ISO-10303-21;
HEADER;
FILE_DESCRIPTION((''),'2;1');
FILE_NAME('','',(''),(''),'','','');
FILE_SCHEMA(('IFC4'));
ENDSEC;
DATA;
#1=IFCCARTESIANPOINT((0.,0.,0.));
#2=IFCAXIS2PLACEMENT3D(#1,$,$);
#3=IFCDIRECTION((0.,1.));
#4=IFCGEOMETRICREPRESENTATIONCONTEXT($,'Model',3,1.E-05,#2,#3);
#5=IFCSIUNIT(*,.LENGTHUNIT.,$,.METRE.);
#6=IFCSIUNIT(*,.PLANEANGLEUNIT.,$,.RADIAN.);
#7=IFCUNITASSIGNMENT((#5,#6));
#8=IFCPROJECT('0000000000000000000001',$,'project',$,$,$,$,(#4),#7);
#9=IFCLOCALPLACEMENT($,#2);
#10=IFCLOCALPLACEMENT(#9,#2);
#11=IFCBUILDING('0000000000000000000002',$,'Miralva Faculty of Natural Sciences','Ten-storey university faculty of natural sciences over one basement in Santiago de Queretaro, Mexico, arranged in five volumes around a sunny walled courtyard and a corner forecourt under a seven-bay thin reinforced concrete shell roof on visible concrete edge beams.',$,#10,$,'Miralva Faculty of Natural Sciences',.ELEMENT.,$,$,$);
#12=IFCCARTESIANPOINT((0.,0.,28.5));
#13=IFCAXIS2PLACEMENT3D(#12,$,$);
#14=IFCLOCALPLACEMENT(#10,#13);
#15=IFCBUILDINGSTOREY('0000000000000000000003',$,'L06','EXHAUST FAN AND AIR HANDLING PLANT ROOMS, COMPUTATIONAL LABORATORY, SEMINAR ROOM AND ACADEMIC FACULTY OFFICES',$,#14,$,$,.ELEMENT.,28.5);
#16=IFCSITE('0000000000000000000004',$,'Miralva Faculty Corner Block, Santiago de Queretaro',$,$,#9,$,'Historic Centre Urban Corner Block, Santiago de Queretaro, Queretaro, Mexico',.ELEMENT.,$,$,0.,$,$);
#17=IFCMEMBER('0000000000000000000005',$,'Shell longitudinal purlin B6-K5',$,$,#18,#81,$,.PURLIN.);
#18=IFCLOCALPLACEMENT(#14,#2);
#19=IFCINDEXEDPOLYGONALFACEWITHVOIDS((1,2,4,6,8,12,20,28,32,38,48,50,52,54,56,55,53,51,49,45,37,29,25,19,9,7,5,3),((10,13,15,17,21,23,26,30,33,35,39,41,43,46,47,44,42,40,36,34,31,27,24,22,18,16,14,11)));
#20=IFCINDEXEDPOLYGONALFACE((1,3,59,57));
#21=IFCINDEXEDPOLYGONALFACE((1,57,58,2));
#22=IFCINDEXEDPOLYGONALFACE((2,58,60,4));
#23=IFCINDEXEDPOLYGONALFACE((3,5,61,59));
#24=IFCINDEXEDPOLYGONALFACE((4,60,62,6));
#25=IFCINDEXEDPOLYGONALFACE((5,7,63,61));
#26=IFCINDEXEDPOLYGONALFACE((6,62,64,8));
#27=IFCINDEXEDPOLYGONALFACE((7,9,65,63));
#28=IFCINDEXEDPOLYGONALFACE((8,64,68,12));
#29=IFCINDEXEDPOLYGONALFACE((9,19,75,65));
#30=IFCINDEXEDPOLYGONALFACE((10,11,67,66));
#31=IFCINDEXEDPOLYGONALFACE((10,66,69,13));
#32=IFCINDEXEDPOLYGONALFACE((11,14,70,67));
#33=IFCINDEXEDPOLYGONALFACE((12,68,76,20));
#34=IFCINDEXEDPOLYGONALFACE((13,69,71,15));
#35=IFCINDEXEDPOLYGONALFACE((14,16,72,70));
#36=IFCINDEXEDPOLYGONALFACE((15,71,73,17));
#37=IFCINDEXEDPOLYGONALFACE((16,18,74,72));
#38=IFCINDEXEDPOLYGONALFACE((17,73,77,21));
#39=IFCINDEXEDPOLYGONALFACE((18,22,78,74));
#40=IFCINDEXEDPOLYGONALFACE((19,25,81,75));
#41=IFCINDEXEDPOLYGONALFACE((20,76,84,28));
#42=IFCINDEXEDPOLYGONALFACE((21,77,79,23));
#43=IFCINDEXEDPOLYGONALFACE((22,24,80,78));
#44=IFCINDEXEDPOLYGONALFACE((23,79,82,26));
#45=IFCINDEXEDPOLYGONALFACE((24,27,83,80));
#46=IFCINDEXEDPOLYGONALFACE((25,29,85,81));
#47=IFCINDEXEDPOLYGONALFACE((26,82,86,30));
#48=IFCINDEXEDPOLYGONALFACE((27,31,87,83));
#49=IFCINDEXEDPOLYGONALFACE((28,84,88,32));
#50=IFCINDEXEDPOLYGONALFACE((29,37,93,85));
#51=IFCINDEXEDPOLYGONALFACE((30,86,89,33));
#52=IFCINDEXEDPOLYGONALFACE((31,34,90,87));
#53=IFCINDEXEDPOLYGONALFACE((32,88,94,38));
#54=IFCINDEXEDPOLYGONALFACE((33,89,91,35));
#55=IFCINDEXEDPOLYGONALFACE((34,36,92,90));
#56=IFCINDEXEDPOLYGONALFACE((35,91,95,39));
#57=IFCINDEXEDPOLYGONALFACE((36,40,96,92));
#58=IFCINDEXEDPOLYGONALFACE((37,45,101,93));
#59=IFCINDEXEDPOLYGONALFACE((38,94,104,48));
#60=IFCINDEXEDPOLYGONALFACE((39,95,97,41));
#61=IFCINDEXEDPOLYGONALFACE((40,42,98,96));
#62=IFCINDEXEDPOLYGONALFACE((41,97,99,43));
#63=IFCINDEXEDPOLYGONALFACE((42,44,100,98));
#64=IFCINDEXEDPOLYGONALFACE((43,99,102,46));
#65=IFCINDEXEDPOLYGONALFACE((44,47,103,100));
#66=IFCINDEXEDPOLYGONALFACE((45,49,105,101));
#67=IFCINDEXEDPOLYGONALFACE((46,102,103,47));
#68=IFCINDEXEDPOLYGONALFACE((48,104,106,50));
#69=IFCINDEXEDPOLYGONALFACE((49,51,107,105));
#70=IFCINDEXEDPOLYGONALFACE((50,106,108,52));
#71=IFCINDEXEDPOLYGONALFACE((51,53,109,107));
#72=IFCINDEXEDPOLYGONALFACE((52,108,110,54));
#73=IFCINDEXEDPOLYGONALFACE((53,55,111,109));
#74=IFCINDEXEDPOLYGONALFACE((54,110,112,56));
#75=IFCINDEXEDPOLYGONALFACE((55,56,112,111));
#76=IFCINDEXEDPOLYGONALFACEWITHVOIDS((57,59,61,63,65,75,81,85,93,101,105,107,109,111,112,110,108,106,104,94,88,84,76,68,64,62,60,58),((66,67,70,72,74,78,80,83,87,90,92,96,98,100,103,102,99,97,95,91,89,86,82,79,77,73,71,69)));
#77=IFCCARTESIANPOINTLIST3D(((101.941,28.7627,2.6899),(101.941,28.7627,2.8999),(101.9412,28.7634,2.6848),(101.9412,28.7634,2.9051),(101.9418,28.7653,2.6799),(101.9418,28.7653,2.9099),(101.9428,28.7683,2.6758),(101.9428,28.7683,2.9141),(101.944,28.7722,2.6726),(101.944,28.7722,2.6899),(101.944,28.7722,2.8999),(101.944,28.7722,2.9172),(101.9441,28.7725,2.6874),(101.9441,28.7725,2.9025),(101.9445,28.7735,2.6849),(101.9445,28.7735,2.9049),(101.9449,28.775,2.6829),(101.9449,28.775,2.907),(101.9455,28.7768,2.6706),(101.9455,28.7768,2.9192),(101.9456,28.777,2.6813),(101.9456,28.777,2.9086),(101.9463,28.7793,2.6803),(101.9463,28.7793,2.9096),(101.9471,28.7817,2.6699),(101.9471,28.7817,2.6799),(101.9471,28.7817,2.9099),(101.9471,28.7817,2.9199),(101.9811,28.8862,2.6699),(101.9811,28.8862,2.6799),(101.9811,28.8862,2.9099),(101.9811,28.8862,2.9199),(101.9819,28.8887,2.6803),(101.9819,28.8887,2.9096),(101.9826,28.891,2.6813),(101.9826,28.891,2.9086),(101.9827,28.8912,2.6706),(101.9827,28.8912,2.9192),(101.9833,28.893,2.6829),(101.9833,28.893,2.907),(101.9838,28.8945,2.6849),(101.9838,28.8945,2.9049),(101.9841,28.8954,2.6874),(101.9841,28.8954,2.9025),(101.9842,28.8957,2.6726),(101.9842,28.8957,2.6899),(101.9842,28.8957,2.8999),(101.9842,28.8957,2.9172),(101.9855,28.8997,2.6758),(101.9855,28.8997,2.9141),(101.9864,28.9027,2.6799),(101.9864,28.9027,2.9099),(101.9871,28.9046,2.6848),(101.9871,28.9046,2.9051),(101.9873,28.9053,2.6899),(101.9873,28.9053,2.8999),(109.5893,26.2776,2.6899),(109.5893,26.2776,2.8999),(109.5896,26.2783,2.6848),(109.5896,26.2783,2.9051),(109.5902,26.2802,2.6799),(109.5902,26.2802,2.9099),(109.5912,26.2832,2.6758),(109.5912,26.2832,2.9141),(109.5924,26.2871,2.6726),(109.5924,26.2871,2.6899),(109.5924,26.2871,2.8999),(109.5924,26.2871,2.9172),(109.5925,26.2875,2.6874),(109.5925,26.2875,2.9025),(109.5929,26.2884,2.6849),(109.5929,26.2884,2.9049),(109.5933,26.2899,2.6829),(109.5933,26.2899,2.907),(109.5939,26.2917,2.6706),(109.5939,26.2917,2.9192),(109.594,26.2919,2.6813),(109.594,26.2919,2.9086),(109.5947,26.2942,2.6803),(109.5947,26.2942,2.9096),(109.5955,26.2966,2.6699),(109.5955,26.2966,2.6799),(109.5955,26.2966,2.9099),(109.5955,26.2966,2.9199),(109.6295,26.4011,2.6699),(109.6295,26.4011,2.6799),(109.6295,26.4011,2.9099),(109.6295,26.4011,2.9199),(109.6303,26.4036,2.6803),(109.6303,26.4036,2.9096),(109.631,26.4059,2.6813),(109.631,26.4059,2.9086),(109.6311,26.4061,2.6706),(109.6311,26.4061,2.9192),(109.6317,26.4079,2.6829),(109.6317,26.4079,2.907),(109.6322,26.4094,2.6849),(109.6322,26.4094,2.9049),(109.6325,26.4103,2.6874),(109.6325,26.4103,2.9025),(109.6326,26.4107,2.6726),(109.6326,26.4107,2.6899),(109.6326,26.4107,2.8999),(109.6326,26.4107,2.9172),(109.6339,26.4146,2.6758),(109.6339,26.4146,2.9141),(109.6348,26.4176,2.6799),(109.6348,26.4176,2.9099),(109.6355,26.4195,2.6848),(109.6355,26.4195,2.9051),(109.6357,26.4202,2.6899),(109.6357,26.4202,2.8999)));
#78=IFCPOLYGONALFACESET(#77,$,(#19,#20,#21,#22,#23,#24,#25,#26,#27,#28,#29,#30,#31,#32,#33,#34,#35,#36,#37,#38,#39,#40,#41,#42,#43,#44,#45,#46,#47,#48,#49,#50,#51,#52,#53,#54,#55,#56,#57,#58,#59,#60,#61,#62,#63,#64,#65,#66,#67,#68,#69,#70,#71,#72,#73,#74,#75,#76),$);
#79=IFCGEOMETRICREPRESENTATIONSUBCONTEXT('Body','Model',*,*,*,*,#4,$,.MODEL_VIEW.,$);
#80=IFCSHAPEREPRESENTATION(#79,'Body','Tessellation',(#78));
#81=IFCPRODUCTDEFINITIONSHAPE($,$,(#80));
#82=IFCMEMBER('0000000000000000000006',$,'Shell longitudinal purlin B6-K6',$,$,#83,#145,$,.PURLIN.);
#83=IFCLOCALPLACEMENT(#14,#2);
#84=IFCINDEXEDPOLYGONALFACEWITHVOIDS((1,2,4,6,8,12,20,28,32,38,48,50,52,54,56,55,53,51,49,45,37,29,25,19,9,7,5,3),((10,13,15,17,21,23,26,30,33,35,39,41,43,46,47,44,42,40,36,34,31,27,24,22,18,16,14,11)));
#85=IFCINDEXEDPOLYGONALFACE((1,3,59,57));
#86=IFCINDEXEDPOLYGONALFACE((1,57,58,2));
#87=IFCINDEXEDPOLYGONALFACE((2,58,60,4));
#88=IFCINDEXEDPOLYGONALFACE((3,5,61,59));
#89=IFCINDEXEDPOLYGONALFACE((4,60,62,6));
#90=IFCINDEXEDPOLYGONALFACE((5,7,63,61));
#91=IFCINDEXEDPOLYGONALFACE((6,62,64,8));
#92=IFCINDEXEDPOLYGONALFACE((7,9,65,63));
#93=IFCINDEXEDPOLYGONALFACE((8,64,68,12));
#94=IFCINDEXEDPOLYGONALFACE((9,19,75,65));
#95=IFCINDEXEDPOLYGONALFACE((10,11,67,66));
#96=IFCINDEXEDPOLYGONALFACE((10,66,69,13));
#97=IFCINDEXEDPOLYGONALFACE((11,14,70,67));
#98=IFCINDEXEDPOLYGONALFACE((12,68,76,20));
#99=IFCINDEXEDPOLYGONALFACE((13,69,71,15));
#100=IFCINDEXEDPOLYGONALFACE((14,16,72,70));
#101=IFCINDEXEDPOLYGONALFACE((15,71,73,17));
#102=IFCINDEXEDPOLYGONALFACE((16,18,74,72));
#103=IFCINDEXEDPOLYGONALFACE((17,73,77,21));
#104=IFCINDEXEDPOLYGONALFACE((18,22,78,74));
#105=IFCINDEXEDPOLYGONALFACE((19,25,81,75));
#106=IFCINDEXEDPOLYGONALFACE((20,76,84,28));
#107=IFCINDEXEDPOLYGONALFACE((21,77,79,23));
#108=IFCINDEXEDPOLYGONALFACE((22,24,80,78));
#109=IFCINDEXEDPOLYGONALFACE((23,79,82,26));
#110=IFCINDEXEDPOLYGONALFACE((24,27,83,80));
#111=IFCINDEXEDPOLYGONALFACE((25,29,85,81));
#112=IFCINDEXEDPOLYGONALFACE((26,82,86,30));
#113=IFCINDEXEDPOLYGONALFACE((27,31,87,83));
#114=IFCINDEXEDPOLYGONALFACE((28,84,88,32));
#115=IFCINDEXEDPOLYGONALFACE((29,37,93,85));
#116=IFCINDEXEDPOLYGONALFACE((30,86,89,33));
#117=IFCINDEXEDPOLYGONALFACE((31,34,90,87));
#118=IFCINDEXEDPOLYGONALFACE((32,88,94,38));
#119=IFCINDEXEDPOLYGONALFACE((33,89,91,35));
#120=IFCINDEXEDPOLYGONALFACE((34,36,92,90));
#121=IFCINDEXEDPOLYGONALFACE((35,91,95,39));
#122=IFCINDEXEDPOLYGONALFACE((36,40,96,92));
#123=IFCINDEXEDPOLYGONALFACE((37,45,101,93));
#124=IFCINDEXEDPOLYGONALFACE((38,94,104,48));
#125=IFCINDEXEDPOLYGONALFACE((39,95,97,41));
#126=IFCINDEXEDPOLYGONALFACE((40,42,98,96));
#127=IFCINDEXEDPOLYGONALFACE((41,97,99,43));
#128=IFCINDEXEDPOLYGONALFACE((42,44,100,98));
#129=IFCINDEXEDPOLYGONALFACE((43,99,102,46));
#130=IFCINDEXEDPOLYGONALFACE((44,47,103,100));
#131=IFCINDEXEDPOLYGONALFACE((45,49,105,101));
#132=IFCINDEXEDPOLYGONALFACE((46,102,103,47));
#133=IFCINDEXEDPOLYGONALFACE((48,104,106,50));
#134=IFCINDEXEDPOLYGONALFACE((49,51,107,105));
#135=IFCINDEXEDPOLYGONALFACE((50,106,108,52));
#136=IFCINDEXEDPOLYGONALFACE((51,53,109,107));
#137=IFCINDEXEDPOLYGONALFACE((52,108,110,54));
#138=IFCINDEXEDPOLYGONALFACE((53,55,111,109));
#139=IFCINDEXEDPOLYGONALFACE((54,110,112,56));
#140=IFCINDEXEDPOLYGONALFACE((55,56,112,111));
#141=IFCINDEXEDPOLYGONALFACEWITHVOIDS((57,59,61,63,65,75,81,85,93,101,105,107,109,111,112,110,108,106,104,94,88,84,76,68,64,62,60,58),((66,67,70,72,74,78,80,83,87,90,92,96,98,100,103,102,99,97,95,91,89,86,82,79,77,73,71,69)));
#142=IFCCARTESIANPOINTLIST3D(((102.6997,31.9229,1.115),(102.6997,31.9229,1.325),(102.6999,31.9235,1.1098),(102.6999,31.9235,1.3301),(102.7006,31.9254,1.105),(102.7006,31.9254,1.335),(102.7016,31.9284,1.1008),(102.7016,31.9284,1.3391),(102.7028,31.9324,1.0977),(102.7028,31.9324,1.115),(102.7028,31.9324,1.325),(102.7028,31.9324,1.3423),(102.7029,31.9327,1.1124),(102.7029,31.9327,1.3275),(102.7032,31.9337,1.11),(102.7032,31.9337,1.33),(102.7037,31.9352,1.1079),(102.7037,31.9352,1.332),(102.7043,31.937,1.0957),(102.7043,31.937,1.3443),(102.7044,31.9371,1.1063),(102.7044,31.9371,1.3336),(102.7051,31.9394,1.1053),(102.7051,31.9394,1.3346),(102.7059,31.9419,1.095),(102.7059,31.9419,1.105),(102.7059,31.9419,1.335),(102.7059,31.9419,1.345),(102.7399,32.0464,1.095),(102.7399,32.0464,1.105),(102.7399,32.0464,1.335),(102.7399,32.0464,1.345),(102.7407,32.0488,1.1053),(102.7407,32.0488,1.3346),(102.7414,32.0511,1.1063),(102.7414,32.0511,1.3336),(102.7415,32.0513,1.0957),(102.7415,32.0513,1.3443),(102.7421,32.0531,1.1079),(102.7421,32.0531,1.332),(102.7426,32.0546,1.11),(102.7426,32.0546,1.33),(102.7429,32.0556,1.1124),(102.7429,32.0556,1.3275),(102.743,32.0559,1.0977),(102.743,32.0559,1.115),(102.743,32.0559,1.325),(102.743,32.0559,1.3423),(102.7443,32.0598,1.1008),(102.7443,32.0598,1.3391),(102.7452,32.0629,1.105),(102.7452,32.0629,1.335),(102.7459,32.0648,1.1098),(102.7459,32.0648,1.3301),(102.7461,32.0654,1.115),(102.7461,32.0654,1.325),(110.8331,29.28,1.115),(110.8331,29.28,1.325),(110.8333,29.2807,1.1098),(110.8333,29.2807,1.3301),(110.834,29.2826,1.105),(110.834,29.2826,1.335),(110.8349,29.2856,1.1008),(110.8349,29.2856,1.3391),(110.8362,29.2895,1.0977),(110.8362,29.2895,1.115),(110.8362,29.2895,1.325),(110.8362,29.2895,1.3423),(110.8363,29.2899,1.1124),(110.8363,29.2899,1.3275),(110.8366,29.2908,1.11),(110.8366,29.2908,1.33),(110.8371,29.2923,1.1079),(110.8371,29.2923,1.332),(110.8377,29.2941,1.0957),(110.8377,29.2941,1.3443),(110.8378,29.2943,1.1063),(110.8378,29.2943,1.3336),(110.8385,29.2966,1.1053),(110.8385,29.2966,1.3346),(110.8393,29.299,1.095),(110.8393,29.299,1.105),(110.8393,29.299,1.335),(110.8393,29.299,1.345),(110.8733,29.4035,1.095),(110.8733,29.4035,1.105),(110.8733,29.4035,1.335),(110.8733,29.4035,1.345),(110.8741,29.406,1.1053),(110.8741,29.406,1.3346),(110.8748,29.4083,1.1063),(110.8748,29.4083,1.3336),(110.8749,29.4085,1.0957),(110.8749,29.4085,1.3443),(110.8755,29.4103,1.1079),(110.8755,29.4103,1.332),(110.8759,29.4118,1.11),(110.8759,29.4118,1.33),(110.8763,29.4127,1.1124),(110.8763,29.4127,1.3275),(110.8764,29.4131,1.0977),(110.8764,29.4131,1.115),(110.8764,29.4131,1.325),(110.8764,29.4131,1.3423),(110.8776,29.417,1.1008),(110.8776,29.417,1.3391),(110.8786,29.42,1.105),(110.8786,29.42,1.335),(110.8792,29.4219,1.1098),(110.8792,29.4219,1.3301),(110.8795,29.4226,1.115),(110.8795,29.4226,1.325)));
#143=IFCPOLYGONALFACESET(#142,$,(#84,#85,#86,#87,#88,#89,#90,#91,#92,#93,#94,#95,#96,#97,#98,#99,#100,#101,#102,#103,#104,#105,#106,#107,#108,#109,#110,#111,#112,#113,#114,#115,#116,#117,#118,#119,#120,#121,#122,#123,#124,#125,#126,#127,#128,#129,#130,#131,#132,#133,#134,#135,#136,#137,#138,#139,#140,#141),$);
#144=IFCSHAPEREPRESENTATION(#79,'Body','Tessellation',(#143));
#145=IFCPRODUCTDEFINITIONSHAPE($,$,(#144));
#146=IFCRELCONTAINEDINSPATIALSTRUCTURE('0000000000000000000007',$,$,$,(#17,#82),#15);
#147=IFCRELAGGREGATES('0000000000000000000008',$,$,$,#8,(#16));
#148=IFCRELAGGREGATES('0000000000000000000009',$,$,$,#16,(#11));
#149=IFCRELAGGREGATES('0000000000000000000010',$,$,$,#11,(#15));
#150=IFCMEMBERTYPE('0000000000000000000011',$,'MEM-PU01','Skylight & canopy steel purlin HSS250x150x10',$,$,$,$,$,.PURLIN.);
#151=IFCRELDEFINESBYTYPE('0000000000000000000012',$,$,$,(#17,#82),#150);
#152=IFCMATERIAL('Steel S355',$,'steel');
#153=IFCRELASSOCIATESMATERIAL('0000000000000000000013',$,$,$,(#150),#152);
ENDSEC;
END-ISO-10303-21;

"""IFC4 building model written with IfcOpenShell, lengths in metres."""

from ifc_helpers import new_model, si_unit, direction, frame, origin, origin_2d, place, context, subcontext, project, spatial, hollow_rectangle, extrude, material, material_profile, profile_set, type_object, element, save


model = new_model("IFC4")

# Units and contexts
model_context = context("Model", 3, precision=1e-05, world=origin(), true_north=direction((0.0, 1.0)))
body_context = subcontext(model_context, "Body", "Model", "MODEL_VIEW")
ifc_project = project(units=[si_unit("LENGTHUNIT", "METRE"), si_unit("PLANEANGLEUNIT", "RADIAN")], contexts=[model_context])

# Site, building, storey
site_placement = place(None, origin())
site = spatial("IfcSite", under=ifc_project, at=site_placement, Name="Miralva Faculty Corner Block, Santiago de Queretaro", LongName="Historic Centre Urban Corner Block, Santiago de Queretaro, Queretaro, Mexico", CompositionType="ELEMENT", RefElevation=0.0)
building_placement = place(site_placement, origin())
building = spatial("IfcBuilding", under=site, at=building_placement, Name="Miralva Faculty of Natural Sciences", Description="Ten-storey university faculty of natural sciences over one basement in Santiago de Queretaro, Mexico, arranged in five volumes around a sunny walled courtyard and a corner forecourt under a seven-bay thin reinforced concrete shell roof on visible concrete edge beams.", LongName="Miralva Faculty of Natural Sciences", CompositionType="ELEMENT")
storey_placement = place(building_placement, frame((0.0, 0.0, 28.5)))
storey = spatial("IfcBuildingStorey", under=building, at=storey_placement, Name="L06", Description="EXHAUST FAN AND AIR HANDLING PLANT ROOMS, COMPUTATIONAL LABORATORY, SEMINAR ROOM AND ACADEMIC FACULTY OFFICES", CompositionType="ELEMENT", Elevation=28.5)

# Members
ifc_material_1 = material(Name="Steel S355", Category="steel")
ifc_material_profile_1 = material_profile(ifc_material_1, hollow_rectangle(XDim=0.1499, YDim=0.25, WallThickness=0.01, InnerFilletRadius=0.01, OuterFilletRadius=0.02, at=origin_2d()), Name="HSS 250x150x10")
ifc_profile_set_1 = profile_set([ifc_material_profile_1], Name="Steel S355")
member_type = type_object("IfcMemberType", Name="MEM-PU01", Description="Skylight & canopy steel purlin HSS250x150x10", PredefinedType="PURLIN", material=ifc_profile_set_1)
member_1_placement = place(storey_placement, frame((101.9641, 28.834, 2.7949), z_axis=(0.951057, -0.309015, 0.0), x_axis=(0.309015, 0.951057, 0.0)))
element("IfcMember", 1, at=member_1_placement, inside=storey, type_object=member_type, Name="Shell longitudinal purlin B6-K5", PredefinedType="PURLIN", context=body_context, shape_type="SweptSolid", body=[
    extrude(hollow_rectangle(XDim=0.1499, YDim=0.25, WallThickness=0.01, InnerFilletRadius=0.01, OuterFilletRadius=0.02, at=origin_2d()), origin(), (0.0, 0.0, 1.0), 8.042),
])
member_2_placement = place(storey_placement, frame((102.7229, 31.9941, 1.22), z_axis=(0.951051, -0.309033, 0.0), x_axis=(0.309033, 0.951051, 0.0)))
element("IfcMember", 2, at=member_2_placement, inside=storey, type_object=member_type, Name="Shell longitudinal purlin B6-K6", PredefinedType="PURLIN", context=body_context, shape_type="SweptSolid", body=[
    extrude(hollow_rectangle(XDim=0.1499, YDim=0.25, WallThickness=0.01, InnerFilletRadius=0.01, OuterFilletRadius=0.02, at=origin_2d()), origin(), (0.0, 0.0, 1.0), 8.552),
])

save(model, "model.ifc")
